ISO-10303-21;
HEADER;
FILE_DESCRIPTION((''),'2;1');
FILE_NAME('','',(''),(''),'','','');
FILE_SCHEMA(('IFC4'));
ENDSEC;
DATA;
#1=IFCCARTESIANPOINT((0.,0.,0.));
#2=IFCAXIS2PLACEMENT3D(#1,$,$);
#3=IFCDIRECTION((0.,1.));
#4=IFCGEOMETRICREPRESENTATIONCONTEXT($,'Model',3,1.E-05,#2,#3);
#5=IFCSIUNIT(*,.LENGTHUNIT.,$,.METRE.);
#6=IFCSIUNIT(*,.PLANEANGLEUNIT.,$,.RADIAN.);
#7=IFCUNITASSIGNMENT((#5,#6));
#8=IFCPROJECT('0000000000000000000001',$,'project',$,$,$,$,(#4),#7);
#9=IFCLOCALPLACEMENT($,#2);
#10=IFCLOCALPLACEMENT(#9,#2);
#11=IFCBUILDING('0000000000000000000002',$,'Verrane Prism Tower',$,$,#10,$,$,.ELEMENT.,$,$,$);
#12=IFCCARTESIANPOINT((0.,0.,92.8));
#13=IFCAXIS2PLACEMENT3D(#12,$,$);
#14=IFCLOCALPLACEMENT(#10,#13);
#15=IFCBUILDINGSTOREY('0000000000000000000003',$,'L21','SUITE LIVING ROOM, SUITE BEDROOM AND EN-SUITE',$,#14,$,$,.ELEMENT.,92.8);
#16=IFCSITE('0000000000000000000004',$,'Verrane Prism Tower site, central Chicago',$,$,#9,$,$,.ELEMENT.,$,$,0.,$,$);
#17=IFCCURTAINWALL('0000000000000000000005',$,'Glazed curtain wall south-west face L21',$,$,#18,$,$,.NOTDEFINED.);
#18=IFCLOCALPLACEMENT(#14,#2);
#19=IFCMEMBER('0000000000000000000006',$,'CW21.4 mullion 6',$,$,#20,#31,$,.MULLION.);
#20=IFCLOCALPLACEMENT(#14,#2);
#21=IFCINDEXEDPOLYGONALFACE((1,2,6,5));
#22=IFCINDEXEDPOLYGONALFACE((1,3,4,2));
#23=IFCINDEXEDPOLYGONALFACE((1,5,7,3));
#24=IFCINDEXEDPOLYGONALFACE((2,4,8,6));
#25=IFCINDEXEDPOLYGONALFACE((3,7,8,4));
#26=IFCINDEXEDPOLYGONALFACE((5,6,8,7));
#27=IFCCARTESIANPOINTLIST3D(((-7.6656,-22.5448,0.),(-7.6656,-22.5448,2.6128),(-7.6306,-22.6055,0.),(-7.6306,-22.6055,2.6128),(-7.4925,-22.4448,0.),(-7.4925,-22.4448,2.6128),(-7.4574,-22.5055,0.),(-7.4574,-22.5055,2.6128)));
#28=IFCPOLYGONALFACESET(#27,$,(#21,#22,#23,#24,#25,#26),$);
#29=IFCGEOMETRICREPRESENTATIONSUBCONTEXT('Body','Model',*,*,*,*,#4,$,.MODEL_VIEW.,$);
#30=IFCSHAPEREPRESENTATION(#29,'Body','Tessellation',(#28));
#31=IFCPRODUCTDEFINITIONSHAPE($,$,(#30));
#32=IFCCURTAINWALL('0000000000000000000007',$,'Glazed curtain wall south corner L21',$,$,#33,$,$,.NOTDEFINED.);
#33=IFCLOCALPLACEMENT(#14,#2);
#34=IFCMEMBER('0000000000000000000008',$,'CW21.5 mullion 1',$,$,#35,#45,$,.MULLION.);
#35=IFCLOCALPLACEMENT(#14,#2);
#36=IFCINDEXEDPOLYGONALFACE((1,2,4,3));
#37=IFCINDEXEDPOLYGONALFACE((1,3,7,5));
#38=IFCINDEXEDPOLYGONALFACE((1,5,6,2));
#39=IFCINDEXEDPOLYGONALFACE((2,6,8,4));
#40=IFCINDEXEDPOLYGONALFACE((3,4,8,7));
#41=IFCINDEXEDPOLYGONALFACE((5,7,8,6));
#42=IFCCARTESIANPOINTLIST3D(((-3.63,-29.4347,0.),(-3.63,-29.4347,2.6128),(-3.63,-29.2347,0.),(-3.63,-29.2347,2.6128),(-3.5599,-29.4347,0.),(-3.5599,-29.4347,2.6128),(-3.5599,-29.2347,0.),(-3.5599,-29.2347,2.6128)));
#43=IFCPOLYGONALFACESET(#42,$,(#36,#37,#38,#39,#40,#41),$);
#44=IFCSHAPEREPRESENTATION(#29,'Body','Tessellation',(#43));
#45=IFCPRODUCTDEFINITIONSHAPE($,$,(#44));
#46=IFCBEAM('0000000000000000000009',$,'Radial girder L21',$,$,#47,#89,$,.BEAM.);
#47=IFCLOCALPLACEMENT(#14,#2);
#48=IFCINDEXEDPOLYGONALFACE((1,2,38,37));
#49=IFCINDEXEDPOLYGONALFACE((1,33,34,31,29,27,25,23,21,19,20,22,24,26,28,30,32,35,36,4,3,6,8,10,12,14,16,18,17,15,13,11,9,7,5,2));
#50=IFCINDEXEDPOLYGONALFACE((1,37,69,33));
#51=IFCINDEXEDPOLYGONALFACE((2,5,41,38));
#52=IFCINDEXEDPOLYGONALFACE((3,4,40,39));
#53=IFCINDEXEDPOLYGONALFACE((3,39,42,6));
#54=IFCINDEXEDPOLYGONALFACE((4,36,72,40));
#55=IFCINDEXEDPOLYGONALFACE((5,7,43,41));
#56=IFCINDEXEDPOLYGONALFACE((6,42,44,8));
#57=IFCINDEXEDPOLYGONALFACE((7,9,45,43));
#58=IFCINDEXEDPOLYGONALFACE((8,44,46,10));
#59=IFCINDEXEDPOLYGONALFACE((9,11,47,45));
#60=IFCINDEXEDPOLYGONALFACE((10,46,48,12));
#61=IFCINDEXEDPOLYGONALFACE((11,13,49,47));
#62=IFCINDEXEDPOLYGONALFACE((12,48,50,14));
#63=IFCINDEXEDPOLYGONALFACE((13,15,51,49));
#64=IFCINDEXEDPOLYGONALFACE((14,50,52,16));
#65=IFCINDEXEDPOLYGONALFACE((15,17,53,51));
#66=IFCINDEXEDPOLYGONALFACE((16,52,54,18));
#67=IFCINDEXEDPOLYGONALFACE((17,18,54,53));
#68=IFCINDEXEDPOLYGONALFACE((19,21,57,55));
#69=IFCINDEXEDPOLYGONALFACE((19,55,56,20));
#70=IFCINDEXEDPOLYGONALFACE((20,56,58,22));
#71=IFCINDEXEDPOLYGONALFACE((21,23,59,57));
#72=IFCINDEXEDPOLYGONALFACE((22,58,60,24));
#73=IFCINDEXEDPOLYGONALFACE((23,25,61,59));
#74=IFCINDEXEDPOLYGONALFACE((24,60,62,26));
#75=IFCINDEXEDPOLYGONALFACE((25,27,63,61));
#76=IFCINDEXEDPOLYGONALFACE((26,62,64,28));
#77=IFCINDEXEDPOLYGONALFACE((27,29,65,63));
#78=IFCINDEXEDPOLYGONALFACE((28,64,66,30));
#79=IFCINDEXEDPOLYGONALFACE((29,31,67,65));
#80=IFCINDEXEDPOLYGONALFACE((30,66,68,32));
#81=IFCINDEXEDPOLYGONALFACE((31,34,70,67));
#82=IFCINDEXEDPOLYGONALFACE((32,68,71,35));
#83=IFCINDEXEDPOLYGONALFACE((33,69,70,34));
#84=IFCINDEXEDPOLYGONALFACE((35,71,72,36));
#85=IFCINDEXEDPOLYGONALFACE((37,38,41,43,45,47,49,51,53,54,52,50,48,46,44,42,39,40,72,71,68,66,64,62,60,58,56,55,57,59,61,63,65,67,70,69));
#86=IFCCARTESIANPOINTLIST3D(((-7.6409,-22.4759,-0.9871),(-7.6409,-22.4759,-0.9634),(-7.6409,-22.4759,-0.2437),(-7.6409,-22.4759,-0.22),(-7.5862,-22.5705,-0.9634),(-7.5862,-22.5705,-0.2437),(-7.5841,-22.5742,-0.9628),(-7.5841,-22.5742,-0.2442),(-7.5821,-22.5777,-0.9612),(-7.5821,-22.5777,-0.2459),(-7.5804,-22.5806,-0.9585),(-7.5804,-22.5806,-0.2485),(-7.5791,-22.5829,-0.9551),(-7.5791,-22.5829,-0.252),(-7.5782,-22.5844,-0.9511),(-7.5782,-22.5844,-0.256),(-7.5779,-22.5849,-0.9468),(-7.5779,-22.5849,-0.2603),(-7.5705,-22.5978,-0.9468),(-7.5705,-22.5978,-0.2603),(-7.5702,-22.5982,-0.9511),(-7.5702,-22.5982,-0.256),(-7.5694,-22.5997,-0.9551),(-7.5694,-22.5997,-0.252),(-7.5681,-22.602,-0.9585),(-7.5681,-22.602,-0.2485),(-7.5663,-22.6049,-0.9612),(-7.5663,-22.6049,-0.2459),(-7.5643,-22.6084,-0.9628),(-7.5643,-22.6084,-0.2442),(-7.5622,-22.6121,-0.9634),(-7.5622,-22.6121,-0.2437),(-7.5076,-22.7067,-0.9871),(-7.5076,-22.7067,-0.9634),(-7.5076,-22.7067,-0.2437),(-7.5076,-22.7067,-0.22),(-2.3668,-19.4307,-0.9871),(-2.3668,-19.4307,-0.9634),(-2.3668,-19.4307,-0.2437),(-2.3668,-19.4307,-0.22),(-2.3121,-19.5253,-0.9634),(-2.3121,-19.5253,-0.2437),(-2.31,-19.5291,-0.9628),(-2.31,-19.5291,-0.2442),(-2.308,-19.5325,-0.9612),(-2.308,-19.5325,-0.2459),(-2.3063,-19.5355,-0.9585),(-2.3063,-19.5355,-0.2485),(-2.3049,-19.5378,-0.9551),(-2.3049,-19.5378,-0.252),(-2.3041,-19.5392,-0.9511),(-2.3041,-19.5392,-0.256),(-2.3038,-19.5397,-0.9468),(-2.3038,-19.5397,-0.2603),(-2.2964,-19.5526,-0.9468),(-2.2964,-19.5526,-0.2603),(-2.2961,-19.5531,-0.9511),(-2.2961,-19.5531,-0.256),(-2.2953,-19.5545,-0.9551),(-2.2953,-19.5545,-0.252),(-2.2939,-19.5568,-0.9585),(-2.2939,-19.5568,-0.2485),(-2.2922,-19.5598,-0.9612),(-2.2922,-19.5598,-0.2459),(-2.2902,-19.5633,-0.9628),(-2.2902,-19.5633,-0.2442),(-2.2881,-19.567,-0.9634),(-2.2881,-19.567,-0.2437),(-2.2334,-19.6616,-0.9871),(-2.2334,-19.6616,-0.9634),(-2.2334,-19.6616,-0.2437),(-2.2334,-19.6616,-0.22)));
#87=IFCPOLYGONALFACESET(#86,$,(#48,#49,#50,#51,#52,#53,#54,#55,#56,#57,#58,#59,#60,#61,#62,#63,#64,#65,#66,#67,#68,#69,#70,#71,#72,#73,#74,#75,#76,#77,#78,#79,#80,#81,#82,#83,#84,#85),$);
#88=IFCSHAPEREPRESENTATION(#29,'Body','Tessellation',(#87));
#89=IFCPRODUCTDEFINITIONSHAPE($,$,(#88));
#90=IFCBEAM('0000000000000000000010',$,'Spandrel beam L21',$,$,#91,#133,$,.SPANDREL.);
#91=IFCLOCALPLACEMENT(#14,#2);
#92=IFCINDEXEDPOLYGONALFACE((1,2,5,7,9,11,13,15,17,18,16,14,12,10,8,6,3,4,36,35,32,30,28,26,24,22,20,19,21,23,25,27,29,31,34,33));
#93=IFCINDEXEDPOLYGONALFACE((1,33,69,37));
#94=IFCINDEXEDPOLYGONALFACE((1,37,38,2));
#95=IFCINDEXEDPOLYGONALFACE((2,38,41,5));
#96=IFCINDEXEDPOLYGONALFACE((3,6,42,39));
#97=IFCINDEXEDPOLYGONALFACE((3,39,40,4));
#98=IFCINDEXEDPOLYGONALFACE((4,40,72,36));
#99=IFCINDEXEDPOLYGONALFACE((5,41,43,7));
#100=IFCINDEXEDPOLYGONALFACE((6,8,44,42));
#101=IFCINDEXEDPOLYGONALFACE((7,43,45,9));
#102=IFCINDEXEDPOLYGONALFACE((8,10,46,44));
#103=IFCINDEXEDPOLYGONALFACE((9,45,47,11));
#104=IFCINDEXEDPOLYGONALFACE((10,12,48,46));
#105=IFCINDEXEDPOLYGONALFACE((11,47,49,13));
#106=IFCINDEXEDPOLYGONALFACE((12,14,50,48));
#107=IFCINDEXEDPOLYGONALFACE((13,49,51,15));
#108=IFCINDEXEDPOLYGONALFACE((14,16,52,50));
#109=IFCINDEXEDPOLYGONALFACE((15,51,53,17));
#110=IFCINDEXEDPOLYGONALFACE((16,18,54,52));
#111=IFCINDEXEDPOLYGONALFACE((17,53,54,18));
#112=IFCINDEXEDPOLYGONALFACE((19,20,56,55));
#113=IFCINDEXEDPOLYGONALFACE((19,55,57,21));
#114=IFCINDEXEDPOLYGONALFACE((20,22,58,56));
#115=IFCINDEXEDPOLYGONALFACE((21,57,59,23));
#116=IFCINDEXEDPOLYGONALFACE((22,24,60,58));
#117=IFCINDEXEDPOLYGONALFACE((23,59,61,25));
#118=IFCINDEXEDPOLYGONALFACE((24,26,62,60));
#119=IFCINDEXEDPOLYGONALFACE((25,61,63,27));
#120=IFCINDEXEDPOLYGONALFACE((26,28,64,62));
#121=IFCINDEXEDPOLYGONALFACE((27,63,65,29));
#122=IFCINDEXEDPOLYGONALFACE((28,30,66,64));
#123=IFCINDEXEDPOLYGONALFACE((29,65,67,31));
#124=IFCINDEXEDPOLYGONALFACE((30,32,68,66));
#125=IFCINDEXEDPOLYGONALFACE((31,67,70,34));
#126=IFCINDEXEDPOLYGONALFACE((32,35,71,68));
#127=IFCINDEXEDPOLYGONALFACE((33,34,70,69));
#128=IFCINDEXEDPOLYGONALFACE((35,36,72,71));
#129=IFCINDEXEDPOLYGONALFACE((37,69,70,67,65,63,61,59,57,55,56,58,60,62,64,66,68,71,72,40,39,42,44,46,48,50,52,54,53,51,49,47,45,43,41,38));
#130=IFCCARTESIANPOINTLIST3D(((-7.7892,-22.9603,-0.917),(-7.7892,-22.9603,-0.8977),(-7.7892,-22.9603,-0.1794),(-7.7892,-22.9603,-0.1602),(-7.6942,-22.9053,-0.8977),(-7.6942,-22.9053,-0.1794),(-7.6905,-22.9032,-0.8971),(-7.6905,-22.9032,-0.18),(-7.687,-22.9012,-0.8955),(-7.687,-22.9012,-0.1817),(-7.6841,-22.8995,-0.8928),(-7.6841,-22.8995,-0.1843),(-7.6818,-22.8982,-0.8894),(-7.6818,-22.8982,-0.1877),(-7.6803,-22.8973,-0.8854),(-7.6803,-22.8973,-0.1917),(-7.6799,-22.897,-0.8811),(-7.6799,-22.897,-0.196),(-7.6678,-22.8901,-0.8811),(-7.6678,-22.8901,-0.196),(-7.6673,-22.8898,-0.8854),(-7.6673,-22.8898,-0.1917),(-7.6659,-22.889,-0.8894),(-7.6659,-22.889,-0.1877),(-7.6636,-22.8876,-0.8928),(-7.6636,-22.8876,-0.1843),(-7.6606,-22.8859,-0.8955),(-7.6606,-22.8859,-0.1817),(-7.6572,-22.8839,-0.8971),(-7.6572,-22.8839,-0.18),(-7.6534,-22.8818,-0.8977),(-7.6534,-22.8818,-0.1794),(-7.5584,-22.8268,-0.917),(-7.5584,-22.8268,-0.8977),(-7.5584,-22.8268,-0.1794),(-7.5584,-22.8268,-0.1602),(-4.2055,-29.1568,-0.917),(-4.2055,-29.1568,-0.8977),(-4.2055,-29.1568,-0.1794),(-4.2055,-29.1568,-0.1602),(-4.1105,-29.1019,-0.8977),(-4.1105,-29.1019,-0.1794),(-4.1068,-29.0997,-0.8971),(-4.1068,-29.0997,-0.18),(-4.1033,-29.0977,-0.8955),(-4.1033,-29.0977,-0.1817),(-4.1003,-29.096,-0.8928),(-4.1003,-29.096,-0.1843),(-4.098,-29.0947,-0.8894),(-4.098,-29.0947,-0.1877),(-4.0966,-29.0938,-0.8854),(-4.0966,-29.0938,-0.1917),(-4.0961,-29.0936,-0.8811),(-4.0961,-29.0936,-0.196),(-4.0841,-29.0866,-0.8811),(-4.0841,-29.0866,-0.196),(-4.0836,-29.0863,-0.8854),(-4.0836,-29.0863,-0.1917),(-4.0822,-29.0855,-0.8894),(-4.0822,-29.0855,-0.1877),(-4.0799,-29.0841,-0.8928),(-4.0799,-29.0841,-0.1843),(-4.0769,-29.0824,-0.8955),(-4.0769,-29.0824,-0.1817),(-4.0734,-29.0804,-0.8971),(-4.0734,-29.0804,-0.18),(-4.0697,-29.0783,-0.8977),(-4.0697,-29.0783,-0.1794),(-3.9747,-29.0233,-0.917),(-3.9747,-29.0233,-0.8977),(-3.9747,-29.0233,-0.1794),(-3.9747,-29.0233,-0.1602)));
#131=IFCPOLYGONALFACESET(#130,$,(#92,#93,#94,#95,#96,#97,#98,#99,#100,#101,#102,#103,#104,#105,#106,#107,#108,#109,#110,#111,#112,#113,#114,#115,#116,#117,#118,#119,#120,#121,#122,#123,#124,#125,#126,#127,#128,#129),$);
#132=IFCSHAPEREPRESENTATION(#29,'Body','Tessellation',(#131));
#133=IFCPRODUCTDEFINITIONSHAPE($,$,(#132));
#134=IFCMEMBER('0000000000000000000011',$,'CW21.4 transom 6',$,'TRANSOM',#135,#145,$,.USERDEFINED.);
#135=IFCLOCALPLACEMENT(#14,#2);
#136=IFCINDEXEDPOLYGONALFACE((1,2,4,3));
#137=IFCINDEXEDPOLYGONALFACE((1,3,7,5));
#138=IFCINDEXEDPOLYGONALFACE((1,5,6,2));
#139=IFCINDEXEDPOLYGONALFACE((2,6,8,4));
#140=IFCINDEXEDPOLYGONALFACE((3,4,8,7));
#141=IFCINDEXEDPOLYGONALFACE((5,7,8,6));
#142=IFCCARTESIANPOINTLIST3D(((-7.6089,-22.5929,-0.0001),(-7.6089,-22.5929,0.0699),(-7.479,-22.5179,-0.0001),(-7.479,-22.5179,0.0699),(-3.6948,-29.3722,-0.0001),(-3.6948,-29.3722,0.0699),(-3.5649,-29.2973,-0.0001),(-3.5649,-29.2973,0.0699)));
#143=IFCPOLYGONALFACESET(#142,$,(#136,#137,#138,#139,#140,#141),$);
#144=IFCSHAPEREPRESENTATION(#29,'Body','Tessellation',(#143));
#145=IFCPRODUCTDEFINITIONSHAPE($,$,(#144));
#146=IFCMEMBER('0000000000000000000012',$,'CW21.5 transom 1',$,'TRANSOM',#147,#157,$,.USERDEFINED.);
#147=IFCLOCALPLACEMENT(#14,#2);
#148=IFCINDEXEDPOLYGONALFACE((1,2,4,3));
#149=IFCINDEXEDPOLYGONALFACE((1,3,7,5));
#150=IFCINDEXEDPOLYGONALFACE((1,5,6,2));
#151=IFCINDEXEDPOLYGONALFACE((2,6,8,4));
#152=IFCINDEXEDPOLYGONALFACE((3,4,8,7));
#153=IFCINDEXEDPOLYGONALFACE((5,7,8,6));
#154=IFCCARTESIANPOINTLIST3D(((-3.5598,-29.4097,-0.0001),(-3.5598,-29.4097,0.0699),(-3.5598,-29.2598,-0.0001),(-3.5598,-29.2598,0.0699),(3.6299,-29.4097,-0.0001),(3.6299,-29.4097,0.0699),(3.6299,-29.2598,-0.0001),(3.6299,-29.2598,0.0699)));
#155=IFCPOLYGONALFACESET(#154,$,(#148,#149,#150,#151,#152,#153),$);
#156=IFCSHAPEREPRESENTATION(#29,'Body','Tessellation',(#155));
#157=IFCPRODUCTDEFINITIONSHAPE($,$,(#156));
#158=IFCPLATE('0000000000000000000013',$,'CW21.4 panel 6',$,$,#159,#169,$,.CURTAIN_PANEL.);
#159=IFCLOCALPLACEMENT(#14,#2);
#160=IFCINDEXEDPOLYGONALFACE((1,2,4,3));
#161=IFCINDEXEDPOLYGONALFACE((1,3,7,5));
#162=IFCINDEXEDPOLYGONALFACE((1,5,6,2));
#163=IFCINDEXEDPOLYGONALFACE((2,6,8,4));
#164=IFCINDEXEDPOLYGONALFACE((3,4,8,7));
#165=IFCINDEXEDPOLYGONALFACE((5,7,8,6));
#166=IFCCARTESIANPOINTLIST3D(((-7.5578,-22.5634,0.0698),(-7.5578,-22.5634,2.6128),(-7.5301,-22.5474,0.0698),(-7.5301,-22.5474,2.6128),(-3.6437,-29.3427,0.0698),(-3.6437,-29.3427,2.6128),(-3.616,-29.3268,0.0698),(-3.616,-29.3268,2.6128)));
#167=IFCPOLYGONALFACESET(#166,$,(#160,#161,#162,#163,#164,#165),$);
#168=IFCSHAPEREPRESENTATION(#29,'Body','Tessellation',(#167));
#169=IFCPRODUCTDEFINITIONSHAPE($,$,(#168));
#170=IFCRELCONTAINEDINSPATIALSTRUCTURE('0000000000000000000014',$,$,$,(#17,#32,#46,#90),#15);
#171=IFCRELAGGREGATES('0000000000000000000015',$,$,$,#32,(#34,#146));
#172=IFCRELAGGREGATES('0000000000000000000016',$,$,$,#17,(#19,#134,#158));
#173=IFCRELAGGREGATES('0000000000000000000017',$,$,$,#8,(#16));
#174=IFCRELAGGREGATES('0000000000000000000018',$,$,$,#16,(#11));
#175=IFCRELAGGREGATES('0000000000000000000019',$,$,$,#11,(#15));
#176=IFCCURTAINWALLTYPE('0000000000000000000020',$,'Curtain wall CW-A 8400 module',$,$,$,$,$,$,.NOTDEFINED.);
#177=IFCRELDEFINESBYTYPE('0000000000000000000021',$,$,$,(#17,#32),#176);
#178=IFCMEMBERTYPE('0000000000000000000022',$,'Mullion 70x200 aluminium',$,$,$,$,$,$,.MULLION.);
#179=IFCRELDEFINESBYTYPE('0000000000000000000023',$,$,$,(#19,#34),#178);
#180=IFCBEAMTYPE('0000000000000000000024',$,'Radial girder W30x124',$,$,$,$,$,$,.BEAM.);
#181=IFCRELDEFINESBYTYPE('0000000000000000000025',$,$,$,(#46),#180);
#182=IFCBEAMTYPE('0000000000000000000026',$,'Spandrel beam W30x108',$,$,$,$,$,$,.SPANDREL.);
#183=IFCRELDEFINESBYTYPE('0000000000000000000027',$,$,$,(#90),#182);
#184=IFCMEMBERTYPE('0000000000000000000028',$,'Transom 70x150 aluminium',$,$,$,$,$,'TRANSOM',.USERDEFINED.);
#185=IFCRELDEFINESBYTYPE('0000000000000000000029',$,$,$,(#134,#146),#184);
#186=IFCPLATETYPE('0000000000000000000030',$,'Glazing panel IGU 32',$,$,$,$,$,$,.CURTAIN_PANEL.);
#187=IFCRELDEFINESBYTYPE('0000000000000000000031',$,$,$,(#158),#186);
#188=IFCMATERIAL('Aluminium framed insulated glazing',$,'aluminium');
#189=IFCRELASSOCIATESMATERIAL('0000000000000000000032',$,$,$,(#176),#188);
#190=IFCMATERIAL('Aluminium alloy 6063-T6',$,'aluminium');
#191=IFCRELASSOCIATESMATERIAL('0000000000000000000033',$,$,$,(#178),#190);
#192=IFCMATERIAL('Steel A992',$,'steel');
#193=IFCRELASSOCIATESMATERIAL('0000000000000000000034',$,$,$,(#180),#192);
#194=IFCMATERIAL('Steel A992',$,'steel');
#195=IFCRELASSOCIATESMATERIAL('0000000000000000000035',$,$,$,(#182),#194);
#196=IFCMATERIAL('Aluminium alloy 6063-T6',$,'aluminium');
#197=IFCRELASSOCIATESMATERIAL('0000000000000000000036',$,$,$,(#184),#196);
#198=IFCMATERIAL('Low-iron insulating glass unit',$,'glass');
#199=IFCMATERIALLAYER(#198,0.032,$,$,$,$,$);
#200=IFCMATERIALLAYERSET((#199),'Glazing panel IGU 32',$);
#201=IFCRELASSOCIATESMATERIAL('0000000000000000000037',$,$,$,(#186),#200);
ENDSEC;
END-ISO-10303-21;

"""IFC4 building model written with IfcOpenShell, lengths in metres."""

from ifc_helpers import new_model, si_unit, direction, frame, origin, origin_2d, place, context, subcontext, project, spatial, rectangle, i_section, extrude, material, layer, layer_set, material_profile, profile_set, type_object, element, aggregate, save


model = new_model("IFC4")

# Units and contexts
model_context = context("Model", 3, precision=1e-05, world=origin(), true_north=direction((0.0, 1.0)))
body_context = subcontext(model_context, "Body", "Model", "MODEL_VIEW")
ifc_project = project(units=[si_unit("LENGTHUNIT", "METRE"), si_unit("PLANEANGLEUNIT", "RADIAN")], contexts=[model_context])

# Site, building, storey
site_placement = place(None, origin())
site = spatial("IfcSite", under=ifc_project, at=site_placement, Name="Verrane Prism Tower site, central Chicago", CompositionType="ELEMENT", RefElevation=0.0)
building_placement = place(site_placement, origin())
building = spatial("IfcBuilding", under=site, at=building_placement, Name="Verrane Prism Tower", CompositionType="ELEMENT")
storey_placement = place(building_placement, frame((0.0, 0.0, 92.8)))
storey = spatial("IfcBuildingStorey", under=building, at=storey_placement, Name="L21", Description="SUITE LIVING ROOM, SUITE BEDROOM AND EN-SUITE", CompositionType="ELEMENT", Elevation=92.8)

# Curtain walls, members
ifc_material_1 = material(Name="Aluminium framed insulated glazing", Category="aluminium")
curtain_wall_type = type_object("IfcCurtainWallType", Name="Curtain wall CW-A 8400 module", PredefinedType="NOTDEFINED", material=ifc_material_1)
curtain_wall_1_placement = place(storey_placement, origin())
curtain_wall_1 = element("IfcCurtainWall", 1, at=curtain_wall_1_placement, inside=storey, type_object=curtain_wall_type, Name="Glazed curtain wall south-west face L21", PredefinedType="NOTDEFINED")
ifc_material_2 = material(Name="Aluminium alloy 6063-T6", Category="aluminium")
ifc_material_profile_1 = material_profile(ifc_material_2, rectangle(XDim=0.2, YDim=0.0701, at=origin_2d()), Name="Mullion 70x200 aluminium")
ifc_profile_set_1 = profile_set([ifc_material_profile_1], Name="Aluminium alloy 6063-T6")
member_type_1 = type_object("IfcMemberType", Name="Mullion 70x200 aluminium", PredefinedType="MULLION", material=ifc_profile_set_1)
member_1_placement = place(storey_placement, frame((-7.5615, -22.5251, 0.0), z_axis=(0.0, 0.0, 1.0), x_axis=(0.866026, 0.5, 0.0)))
member_1 = element("IfcMember", 2, at=member_1_placement, type_object=member_type_1, Name="CW21.4 mullion 6", PredefinedType="MULLION", context=body_context, shape_type="SweptSolid", body=[
    extrude(rectangle(XDim=0.2, YDim=0.0701, at=origin_2d()), origin(), (0.0, 0.0, 1.0), 2.6128),
])
curtain_wall_2_placement = place(storey_placement, origin())
curtain_wall_2 = element("IfcCurtainWall", 3, at=curtain_wall_2_placement, inside=storey, type_object=curtain_wall_type, Name="Glazed curtain wall south corner L21", PredefinedType="NOTDEFINED")
member_2_placement = place(storey_placement, frame((-3.595, -29.3347, 0.0), z_axis=(0.0, 0.0, 1.0), x_axis=(0.0, 1.0, 0.0)))
member_2 = element("IfcMember", 4, at=member_2_placement, type_object=member_type_1, Name="CW21.5 mullion 1", PredefinedType="MULLION", context=body_context, shape_type="SweptSolid", body=[
    extrude(rectangle(XDim=0.2, YDim=0.0701, at=origin_2d()), origin(), (0.0, 0.0, 1.0), 2.6128),
])

# Beams
ifc_material_3 = material(Name="Steel A992", Category="steel")
ifc_material_profile_2 = material_profile(ifc_material_3, i_section(OverallWidth=0.2666, OverallDepth=0.7671, WebThickness=0.0149, FlangeThickness=0.0237, FilletRadius=0.0166, at=origin_2d()), Name="W30x124")
ifc_profile_set_2 = profile_set([ifc_material_profile_2], Name="Steel A992")
beam_type_1 = type_object("IfcBeamType", Name="Radial girder W30x124", PredefinedType="BEAM", material=ifc_profile_set_2)
beam_1_placement = place(storey_placement, frame((-7.5742, -22.5913, -0.6035), z_axis=(0.866017, 0.500015, 0.0), x_axis=(-0.500015, 0.866017, 0.0)))
element("IfcBeam", 5, at=beam_1_placement, inside=storey, type_object=beam_type_1, Name="Radial girder L21", PredefinedType="BEAM", context=body_context, shape_type="SweptSolid", body=[
    extrude(i_section(OverallWidth=0.2666, OverallDepth=0.7671, WebThickness=0.0149, FlangeThickness=0.0237, FilletRadius=0.0166, at=origin_2d()), origin(), (0.0, 0.0, 1.0), 6.0901),
])
ifc_material_4 = material(Name="Steel A992", Category="steel")
ifc_material_profile_3 = material_profile(ifc_material_4, i_section(OverallWidth=0.2666, OverallDepth=0.7568, WebThickness=0.0139, FlangeThickness=0.0193, FilletRadius=0.0166, at=origin_2d()), Name="W30x108")
ifc_profile_set_3 = profile_set([ifc_material_profile_3], Name="Steel A992")
beam_type_2 = type_object("IfcBeamType", Name="Spandrel beam W30x108", PredefinedType="SPANDREL", material=ifc_profile_set_3)
beam_2_placement = place(storey_placement, frame((-7.6738, -22.8936, -0.5386), z_axis=(0.500646, -0.865652, 0.0), x_axis=(0.865652, 0.500646, 0.0)))
element("IfcBeam", 6, at=beam_2_placement, inside=storey, type_object=beam_type_2, Name="Spandrel beam L21", PredefinedType="SPANDREL", context=body_context, shape_type="SweptSolid", body=[
    extrude(i_section(OverallWidth=0.2666, OverallDepth=0.7568, WebThickness=0.0139, FlangeThickness=0.0193, FilletRadius=0.0166, at=origin_2d()), origin(), (0.0, 0.0, 1.0), 7.1582),
])

# Members
ifc_material_5 = material(Name="Aluminium alloy 6063-T6", Category="aluminium")
ifc_material_profile_4 = material_profile(ifc_material_5, rectangle(XDim=0.1499, YDim=0.0701, at=origin_2d()), Name="Transom 70x150 aluminium")
ifc_profile_set_4 = profile_set([ifc_material_profile_4], Name="Aluminium alloy 6063-T6")
member_type_2 = type_object("IfcMemberType", Name="Transom 70x150 aluminium", ElementType="TRANSOM", PredefinedType="USERDEFINED", material=ifc_profile_set_4)
member_3_placement = place(storey_placement, frame((-7.5439, -22.5554, 0.0349), z_axis=(0.500003, -0.866024, 0.0), x_axis=(0.866024, 0.500003, 0.0)))
member_3 = element("IfcMember", 7, at=member_3_placement, type_object=member_type_2, Name="CW21.4 transom 6", ObjectType="TRANSOM", PredefinedType="USERDEFINED", context=body_context, shape_type="SweptSolid", body=[
    extrude(rectangle(XDim=0.1499, YDim=0.0701, at=origin_2d()), origin(), (0.0, 0.0, 1.0), 7.8281),
])
member_4_placement = place(storey_placement, frame((-3.5598, -29.3347, 0.0349), z_axis=(1.0, 0.0, 0.0), x_axis=(0.0, 1.0, 0.0)))
member_4 = element("IfcMember", 8, at=member_4_placement, type_object=member_type_2, Name="CW21.5 transom 1", ObjectType="TRANSOM", PredefinedType="USERDEFINED", context=body_context, shape_type="SweptSolid", body=[
    extrude(rectangle(XDim=0.1499, YDim=0.0701, at=origin_2d()), origin(), (0.0, 0.0, 1.0), 7.1897),
])
aggregate(curtain_wall_2, [member_2, member_4])

# Plate
ifc_material_6 = material(Name="Low-iron insulating glass unit", Category="glass")
ifc_layer_1 = layer(ifc_material_6, 0.032)
ifc_layer_set_1 = layer_set([ifc_layer_1], Name="Glazing panel IGU 32")
plate_type = type_object("IfcPlateType", Name="Glazing panel IGU 32", PredefinedType="CURTAIN_PANEL", material=ifc_layer_set_1)
plate_placement = place(storey_placement, frame((-5.5869, -25.9451, 0.0698), z_axis=(0.0, 0.0, 1.0), x_axis=(0.5, -0.866026, 0.0)))
plate = element("IfcPlate", 9, at=plate_placement, type_object=plate_type, Name="CW21.4 panel 6", PredefinedType="CURTAIN_PANEL", context=body_context, shape_type="SweptSolid", body=[
    extrude(rectangle(XDim=7.8281, YDim=0.032, at=origin_2d()), origin(), (0.0, 0.0, 1.0), 2.543),
])
aggregate(curtain_wall_1, [member_1, member_3, plate])

save(model, "model.ifc")
